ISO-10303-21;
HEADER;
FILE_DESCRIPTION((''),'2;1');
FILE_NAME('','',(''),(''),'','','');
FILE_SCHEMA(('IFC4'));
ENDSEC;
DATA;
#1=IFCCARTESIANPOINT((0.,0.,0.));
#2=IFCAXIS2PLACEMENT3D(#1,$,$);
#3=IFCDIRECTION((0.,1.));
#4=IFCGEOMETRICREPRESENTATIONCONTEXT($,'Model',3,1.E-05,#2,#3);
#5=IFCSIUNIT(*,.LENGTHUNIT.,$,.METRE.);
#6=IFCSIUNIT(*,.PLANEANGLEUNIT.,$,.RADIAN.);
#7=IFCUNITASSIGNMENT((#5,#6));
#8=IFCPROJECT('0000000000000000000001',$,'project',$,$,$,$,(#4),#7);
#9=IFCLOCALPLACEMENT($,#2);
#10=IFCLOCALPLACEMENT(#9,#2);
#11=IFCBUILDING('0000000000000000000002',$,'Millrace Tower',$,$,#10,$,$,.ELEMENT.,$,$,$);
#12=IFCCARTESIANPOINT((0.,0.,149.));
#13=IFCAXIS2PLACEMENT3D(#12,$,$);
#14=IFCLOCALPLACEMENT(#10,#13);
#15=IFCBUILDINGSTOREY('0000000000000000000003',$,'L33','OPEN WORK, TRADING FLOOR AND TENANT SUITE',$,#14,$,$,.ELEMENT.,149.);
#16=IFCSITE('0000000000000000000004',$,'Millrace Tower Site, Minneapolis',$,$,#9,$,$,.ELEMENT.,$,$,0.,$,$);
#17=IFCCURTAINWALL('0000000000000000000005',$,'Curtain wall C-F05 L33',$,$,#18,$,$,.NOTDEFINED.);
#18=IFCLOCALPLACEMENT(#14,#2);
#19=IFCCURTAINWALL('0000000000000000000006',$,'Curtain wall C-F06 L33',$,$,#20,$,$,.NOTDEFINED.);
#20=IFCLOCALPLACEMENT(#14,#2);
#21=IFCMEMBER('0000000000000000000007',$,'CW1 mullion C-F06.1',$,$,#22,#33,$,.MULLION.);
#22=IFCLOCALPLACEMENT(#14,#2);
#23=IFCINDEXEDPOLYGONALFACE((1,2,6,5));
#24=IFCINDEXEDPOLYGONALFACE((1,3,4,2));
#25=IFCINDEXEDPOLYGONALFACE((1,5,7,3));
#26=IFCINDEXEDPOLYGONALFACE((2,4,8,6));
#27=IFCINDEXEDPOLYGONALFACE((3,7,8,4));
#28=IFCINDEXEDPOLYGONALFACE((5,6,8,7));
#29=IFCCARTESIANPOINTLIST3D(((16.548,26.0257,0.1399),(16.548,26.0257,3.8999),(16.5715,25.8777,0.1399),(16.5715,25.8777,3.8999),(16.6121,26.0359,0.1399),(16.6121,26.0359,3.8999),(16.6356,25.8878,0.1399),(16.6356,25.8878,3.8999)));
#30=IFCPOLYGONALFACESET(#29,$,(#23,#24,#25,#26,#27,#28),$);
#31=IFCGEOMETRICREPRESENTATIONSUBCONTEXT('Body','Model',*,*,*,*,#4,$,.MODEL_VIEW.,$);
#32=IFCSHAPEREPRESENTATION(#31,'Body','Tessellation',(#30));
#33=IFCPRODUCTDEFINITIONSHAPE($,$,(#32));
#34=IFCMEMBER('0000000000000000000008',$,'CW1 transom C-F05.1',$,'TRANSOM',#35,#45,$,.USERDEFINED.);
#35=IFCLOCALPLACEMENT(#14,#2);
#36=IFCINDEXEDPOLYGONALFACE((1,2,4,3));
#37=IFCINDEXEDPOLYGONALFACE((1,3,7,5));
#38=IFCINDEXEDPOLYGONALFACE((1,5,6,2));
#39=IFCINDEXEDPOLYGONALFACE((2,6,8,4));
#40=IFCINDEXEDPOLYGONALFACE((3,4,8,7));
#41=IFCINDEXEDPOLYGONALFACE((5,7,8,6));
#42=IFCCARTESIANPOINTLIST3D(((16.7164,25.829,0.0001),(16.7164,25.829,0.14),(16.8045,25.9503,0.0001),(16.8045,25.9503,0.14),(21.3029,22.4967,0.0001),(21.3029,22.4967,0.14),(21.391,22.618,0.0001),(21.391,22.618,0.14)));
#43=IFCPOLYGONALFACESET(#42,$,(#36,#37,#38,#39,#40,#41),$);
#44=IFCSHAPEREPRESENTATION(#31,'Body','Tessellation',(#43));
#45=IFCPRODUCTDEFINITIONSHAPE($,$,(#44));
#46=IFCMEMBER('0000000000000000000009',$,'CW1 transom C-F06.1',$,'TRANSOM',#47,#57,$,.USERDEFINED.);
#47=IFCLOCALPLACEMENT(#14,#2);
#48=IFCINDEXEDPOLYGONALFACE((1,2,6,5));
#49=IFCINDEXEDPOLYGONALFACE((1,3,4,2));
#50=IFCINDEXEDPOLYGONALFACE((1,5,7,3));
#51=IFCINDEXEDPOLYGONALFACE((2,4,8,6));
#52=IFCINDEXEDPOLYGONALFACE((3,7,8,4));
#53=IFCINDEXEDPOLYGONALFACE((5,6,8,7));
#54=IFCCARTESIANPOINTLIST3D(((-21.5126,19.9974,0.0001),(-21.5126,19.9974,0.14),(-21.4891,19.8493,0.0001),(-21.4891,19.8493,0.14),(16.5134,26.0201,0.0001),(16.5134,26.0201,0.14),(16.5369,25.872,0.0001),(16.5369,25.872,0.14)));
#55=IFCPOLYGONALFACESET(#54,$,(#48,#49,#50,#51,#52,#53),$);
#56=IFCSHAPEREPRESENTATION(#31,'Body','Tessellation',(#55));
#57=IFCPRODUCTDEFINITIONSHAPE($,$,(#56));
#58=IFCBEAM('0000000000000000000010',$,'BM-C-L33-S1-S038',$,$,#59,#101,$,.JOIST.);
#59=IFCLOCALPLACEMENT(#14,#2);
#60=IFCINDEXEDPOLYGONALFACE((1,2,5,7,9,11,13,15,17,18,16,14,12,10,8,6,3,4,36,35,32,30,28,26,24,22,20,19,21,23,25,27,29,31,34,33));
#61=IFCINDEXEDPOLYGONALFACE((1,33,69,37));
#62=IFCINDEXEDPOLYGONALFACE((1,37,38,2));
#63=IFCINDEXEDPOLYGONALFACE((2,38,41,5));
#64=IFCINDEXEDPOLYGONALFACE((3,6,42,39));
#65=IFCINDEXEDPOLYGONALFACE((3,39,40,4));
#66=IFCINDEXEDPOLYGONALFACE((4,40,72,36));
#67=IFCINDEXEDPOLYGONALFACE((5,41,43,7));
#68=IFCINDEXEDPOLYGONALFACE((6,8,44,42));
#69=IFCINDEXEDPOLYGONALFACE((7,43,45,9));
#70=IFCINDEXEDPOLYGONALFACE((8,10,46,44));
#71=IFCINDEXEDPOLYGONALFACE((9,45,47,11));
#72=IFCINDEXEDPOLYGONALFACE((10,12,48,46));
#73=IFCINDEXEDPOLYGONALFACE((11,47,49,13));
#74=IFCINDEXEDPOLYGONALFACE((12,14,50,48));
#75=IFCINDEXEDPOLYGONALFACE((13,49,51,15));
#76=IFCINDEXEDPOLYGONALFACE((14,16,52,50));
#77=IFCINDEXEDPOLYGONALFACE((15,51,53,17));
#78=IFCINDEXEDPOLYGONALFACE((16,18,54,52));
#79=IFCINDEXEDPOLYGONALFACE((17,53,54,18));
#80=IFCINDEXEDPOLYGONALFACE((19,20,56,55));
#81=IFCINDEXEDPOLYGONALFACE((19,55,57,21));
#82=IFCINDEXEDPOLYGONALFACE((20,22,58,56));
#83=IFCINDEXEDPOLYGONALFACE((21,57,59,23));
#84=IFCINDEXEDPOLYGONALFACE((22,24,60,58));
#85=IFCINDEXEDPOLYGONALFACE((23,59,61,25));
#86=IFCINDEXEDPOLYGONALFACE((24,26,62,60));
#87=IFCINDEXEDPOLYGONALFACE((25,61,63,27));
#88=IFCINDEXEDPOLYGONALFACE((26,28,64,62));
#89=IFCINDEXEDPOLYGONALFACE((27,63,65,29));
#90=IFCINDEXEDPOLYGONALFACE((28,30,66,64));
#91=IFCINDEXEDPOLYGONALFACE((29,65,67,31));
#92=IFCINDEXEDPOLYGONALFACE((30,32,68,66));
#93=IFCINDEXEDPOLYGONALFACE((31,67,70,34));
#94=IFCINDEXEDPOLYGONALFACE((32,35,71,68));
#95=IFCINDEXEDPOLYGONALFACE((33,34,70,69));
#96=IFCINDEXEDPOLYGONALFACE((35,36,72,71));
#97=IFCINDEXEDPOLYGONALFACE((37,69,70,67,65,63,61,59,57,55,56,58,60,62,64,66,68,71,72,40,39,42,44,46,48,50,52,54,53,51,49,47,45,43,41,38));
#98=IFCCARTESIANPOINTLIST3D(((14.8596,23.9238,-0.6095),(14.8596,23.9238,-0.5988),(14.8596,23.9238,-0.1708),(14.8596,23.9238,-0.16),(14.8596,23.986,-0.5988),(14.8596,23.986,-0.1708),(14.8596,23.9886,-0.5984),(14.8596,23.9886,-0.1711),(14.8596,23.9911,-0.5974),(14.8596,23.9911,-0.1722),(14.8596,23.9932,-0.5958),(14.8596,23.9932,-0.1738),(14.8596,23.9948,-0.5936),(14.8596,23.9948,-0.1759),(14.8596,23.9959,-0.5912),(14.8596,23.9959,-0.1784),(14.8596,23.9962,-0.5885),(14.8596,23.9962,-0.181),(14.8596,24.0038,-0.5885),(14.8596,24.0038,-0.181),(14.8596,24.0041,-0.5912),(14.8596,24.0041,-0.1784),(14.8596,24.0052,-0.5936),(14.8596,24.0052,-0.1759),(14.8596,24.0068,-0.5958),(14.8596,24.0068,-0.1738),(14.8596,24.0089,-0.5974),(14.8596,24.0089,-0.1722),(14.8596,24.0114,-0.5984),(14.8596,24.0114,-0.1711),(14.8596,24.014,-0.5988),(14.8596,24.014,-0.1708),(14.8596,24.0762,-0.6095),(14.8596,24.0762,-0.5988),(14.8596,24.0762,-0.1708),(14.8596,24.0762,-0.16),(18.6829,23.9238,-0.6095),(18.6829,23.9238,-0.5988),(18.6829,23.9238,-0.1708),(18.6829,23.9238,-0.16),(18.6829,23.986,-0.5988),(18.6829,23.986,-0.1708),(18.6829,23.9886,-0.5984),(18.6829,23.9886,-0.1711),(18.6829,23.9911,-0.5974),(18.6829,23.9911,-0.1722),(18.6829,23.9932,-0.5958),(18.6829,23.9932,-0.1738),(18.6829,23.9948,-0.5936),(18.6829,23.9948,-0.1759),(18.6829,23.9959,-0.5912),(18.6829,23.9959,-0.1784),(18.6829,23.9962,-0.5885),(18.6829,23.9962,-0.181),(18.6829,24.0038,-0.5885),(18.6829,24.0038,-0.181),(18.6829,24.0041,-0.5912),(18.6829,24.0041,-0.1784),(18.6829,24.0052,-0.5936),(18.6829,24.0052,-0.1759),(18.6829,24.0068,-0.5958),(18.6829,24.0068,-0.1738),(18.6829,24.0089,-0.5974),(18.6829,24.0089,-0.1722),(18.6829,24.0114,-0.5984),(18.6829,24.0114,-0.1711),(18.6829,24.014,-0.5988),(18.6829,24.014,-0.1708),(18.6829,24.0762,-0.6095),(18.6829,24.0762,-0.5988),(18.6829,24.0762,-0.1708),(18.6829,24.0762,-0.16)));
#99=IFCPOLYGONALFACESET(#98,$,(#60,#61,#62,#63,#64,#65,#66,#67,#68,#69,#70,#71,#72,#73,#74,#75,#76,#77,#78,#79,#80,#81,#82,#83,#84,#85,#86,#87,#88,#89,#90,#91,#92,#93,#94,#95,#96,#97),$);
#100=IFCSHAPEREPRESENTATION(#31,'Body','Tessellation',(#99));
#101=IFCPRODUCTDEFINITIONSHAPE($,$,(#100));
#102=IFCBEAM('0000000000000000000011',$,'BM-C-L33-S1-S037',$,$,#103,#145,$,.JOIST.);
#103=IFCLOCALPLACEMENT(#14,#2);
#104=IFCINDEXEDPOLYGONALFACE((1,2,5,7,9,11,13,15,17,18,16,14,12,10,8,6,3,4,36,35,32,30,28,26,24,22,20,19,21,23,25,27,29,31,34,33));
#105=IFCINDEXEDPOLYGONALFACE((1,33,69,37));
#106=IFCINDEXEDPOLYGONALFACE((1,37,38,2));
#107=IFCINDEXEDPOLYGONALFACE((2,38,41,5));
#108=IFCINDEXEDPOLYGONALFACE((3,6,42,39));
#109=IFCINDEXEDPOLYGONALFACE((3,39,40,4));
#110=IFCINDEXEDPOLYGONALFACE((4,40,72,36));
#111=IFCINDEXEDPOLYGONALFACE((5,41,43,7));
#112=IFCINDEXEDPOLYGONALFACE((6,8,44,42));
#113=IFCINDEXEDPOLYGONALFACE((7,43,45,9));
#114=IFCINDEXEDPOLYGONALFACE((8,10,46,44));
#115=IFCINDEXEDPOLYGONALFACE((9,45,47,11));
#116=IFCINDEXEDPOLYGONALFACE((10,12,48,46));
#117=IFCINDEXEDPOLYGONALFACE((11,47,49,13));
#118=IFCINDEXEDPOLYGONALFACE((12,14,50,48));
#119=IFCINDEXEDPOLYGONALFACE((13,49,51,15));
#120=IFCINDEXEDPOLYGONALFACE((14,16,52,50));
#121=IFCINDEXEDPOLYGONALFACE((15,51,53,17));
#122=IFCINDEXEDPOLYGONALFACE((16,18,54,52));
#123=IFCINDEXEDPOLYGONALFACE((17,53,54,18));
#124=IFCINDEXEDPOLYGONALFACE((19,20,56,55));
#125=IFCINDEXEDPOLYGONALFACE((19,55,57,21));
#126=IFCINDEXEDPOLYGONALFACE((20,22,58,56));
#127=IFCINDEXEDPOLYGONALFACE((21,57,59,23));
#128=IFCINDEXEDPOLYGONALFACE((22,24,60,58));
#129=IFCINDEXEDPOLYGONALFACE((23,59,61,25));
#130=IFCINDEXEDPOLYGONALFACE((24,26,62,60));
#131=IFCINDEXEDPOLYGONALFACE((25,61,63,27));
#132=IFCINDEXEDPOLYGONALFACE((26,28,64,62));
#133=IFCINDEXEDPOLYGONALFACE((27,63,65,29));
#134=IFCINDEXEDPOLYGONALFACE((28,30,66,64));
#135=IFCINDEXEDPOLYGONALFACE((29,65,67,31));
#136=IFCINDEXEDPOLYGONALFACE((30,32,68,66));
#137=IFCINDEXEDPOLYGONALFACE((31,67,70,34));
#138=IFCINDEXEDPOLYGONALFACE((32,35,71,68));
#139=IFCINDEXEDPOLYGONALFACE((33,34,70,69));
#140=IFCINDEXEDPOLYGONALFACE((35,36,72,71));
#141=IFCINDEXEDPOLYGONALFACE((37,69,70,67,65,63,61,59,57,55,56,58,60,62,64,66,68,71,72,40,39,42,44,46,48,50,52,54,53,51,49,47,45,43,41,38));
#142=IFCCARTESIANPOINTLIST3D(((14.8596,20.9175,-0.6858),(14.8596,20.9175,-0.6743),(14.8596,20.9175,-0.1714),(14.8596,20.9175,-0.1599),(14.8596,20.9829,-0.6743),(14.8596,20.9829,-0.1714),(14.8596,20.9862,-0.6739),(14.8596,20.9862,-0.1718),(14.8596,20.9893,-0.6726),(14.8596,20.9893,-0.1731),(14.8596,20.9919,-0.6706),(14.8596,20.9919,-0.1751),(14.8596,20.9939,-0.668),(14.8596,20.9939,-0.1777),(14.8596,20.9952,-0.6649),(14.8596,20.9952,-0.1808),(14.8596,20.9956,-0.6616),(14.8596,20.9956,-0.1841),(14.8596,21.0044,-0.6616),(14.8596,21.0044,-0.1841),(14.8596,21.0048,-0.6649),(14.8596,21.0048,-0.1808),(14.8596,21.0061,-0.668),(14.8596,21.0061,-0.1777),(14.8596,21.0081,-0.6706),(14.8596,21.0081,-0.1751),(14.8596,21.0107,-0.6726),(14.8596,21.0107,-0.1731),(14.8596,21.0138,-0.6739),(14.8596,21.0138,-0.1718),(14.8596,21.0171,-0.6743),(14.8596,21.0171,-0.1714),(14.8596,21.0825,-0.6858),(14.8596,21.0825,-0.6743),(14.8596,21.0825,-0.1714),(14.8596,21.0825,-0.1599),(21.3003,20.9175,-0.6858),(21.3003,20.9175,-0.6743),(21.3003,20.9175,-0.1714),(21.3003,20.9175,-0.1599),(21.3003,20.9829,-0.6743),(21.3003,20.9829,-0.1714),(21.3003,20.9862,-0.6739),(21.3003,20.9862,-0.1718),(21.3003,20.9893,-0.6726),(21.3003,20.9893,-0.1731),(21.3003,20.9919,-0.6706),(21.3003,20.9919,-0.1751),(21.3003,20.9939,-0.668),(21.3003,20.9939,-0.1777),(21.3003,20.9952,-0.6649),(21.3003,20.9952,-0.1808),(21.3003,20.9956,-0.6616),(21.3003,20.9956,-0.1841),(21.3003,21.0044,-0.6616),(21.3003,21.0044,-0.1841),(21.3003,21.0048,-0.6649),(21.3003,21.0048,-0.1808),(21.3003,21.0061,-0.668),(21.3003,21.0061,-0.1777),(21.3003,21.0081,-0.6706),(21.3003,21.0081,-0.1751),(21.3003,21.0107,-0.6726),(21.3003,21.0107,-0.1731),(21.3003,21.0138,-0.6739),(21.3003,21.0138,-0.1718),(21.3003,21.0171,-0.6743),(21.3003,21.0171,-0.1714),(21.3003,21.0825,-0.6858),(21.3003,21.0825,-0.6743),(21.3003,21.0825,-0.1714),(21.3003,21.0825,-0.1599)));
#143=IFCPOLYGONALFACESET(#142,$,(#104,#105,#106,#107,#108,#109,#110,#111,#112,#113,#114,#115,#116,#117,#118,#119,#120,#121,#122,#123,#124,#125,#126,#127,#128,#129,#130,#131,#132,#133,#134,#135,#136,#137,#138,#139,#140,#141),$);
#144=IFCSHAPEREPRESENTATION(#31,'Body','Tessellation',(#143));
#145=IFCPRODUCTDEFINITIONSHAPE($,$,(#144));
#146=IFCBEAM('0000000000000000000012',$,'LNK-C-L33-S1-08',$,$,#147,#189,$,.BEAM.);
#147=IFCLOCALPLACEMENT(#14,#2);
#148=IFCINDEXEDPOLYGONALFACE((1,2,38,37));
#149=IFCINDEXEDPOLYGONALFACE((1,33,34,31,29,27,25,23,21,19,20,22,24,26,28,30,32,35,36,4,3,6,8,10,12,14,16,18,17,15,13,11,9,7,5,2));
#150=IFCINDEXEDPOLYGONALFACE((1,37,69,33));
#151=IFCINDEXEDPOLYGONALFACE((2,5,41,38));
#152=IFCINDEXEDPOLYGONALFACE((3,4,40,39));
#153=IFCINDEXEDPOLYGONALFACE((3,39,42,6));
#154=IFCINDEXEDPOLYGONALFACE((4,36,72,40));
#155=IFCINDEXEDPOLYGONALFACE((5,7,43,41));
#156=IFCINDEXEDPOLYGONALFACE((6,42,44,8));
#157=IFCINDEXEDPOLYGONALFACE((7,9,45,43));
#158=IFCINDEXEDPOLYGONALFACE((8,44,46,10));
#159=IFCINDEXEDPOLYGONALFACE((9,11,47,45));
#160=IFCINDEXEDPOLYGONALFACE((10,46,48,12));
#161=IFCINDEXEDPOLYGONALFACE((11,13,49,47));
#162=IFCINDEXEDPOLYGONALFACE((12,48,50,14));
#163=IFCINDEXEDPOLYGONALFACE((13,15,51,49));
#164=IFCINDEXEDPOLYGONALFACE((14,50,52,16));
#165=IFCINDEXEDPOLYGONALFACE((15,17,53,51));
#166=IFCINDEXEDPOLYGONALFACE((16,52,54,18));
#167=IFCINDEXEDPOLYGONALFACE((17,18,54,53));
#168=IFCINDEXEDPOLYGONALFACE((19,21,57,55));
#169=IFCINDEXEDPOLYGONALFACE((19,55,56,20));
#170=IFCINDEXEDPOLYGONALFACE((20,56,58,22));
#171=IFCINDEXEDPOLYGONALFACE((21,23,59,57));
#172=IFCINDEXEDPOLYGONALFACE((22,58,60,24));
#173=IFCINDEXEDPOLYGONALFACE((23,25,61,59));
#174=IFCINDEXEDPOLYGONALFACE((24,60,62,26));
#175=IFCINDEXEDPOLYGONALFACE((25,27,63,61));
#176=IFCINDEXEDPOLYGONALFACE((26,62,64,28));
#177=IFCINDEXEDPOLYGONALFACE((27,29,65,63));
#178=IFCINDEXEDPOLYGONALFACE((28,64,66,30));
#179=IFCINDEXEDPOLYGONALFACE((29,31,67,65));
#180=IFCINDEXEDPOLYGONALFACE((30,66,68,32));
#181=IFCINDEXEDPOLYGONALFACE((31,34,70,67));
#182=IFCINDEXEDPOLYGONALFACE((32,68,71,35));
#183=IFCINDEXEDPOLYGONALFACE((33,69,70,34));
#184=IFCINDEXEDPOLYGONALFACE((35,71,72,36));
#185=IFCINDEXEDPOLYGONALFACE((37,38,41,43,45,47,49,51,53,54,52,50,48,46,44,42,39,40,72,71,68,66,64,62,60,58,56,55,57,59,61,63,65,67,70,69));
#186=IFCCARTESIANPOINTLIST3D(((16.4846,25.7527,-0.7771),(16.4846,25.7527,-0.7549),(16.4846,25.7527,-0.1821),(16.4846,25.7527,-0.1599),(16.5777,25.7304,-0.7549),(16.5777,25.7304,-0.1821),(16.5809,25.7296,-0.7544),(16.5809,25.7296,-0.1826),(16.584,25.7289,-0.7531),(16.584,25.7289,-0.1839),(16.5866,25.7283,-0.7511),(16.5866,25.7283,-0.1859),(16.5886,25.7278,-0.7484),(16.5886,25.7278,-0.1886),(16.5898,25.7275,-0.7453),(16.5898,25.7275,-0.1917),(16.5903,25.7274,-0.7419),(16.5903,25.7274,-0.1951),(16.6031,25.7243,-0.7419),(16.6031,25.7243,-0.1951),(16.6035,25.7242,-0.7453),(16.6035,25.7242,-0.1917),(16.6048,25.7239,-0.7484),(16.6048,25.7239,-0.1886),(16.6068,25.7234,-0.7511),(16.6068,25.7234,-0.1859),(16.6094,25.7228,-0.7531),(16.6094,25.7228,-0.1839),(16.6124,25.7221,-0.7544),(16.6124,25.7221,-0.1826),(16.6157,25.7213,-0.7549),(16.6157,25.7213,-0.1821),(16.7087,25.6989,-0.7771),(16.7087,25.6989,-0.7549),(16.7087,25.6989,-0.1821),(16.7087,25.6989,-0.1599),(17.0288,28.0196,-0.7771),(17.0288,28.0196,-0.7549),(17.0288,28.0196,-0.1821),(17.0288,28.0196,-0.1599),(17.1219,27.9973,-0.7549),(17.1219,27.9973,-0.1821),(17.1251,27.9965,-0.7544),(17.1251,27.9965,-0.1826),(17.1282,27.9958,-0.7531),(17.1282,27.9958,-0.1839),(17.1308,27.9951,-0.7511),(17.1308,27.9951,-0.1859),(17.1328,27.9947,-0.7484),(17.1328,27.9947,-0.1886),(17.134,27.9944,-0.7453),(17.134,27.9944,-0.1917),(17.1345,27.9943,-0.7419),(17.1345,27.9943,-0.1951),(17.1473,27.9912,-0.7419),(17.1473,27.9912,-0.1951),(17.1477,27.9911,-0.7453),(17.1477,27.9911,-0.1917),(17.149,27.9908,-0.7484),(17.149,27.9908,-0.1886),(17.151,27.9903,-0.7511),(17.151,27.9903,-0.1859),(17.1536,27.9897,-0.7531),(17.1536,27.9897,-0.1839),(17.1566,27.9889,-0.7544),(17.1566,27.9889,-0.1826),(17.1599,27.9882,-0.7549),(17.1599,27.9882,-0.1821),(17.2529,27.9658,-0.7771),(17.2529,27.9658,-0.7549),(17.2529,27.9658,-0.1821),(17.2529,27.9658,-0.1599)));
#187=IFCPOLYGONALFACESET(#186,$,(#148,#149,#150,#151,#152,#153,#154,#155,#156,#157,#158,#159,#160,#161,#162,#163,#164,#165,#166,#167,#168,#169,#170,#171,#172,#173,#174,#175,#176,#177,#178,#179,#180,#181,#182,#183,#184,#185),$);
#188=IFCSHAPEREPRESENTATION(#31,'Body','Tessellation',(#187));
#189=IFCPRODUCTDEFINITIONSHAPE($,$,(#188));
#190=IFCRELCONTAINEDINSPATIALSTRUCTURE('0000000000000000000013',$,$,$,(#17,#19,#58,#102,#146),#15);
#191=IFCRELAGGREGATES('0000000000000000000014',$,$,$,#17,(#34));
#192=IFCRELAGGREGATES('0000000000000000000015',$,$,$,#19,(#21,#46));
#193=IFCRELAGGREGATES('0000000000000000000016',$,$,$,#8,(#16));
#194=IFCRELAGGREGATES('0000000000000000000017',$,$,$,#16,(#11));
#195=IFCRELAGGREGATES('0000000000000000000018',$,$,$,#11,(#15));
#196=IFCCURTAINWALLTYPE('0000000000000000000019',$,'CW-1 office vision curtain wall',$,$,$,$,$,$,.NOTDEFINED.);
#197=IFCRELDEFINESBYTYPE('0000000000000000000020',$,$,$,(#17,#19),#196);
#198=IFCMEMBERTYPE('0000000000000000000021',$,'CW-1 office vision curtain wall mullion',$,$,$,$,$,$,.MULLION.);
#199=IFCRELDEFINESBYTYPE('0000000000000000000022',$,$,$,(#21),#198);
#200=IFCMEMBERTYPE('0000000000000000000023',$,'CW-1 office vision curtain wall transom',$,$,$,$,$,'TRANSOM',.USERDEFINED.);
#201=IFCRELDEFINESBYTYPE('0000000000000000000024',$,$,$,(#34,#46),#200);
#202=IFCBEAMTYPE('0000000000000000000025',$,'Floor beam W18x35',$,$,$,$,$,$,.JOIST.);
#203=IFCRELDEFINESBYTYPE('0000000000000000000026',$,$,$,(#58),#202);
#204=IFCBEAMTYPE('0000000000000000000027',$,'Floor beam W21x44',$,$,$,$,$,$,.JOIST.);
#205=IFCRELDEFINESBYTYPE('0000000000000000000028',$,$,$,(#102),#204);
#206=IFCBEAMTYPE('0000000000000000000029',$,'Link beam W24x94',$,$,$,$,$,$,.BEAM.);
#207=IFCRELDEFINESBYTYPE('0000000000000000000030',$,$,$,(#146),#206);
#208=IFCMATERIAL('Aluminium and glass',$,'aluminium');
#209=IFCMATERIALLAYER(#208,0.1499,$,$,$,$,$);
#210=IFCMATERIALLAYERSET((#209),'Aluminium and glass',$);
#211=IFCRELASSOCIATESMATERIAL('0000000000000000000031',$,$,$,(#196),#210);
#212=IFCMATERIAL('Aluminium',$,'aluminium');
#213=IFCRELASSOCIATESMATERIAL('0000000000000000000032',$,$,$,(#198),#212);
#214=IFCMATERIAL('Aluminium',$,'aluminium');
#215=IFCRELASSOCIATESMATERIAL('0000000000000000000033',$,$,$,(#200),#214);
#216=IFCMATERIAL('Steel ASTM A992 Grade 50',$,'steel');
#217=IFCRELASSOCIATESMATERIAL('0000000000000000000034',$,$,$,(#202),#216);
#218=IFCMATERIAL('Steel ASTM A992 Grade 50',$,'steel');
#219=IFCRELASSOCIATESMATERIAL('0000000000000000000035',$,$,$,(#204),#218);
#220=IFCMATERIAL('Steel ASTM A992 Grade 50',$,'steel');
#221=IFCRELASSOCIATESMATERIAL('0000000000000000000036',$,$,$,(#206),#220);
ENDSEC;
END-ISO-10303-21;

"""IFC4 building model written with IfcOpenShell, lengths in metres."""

from ifc_helpers import new_model, si_unit, direction, frame, origin, origin_2d, place, context, subcontext, project, spatial, rectangle, i_section, extrude, material, layer, layer_set, material_profile, profile_set, type_object, element, aggregate, save


model = new_model("IFC4")

# Units and contexts
model_context = context("Model", 3, precision=1e-05, world=origin(), true_north=direction((0.0, 1.0)))
body_context = subcontext(model_context, "Body", "Model", "MODEL_VIEW")
ifc_project = project(units=[si_unit("LENGTHUNIT", "METRE"), si_unit("PLANEANGLEUNIT", "RADIAN")], contexts=[model_context])

# Site, building, storey
site_placement = place(None, origin())
site = spatial("IfcSite", under=ifc_project, at=site_placement, Name="Millrace Tower Site, Minneapolis", CompositionType="ELEMENT", RefElevation=0.0)
building_placement = place(site_placement, origin())
building = spatial("IfcBuilding", under=site, at=building_placement, Name="Millrace Tower", CompositionType="ELEMENT")
storey_placement = place(building_placement, frame((0.0, 0.0, 149.0)))
storey = spatial("IfcBuildingStorey", under=building, at=storey_placement, Name="L33", Description="OPEN WORK, TRADING FLOOR AND TENANT SUITE", CompositionType="ELEMENT", Elevation=149.0)

# Shared definitions
ifc_material_1 = material(Name="Aluminium and glass", Category="aluminium")
ifc_layer_1 = layer(ifc_material_1, 0.1499)
ifc_layer_set_1 = layer_set([ifc_layer_1], Name="Aluminium and glass")
curtain_wall_type = type_object("IfcCurtainWallType", Name="CW-1 office vision curtain wall", PredefinedType="NOTDEFINED", material=ifc_layer_set_1)
placement = place(storey_placement, origin())
ifc_material_2 = material(Name="Aluminium", Category="aluminium")
ifc_material_profile_1 = material_profile(ifc_material_2, rectangle(XDim=0.0649, YDim=0.1499, at=origin_2d()))
ifc_profile_set_1 = profile_set([ifc_material_profile_1], Name="Aluminium")
member_type_1 = type_object("IfcMemberType", Name="CW-1 office vision curtain wall mullion", PredefinedType="MULLION", material=ifc_profile_set_1)

# Curtain walls, member
curtain_wall_1 = element("IfcCurtainWall", 1, at=placement, inside=storey, type_object=curtain_wall_type, Name="Curtain wall C-F05 L33", PredefinedType="NOTDEFINED")
curtain_wall_2 = element("IfcCurtainWall", 2, at=placement, inside=storey, type_object=curtain_wall_type, Name="Curtain wall C-F06 L33", PredefinedType="NOTDEFINED")
member_1_placement = place(storey_placement, frame((16.5918, 25.9568, 0.1399), z_axis=(0.0, 0.0, 1.0), x_axis=(-0.987688, -0.156434, 0.0)))
member_1 = element("IfcMember", 3, at=member_1_placement, type_object=member_type_1, Name="CW1 mullion C-F06.1", PredefinedType="MULLION", context=body_context, shape_type="SweptSolid", body=[
    extrude(rectangle(XDim=0.0649, YDim=0.1499, at=origin_2d()), origin(), (0.0, 0.0, 1.0), 3.76),
])

# Members
ifc_material_3 = material(Name="Aluminium", Category="aluminium")
ifc_material_profile_2 = material_profile(ifc_material_3, rectangle(XDim=0.1499, YDim=0.1399, at=origin_2d()))
ifc_profile_set_2 = profile_set([ifc_material_profile_2], Name="Aluminium")
member_type_2 = type_object("IfcMemberType", Name="CW-1 office vision curtain wall transom", ElementType="TRANSOM", PredefinedType="USERDEFINED", material=ifc_profile_set_2)
member_2_placement = place(storey_placement, frame((21.3469, 22.5574, 0.0701), z_axis=(-0.809013, 0.58779, 0.0), x_axis=(-0.58779, -0.809013, 0.0)))
member_2 = element("IfcMember", 4, at=member_2_placement, type_object=member_type_2, Name="CW1 transom C-F05.1", ObjectType="TRANSOM", PredefinedType="USERDEFINED", context=body_context, shape_type="SweptSolid", body=[
    extrude(rectangle(XDim=0.1499, YDim=0.1399, at=origin_2d()), origin(), (0.0, 0.0, 1.0), 5.6692),
])
aggregate(curtain_wall_1, [member_2])
member_3_placement = place(storey_placement, frame((16.5251, 25.946, 0.0701), z_axis=(-0.987689, -0.156433, 0.0), x_axis=(0.156433, -0.987689, 0.0)))
member_3 = element("IfcMember", 5, at=member_3_placement, type_object=member_type_2, Name="CW1 transom C-F06.1", ObjectType="TRANSOM", PredefinedType="USERDEFINED", context=body_context, shape_type="SweptSolid", body=[
    extrude(rectangle(XDim=0.1499, YDim=0.1399, at=origin_2d()), origin(), (0.0, 0.0, 1.0), 38.5),
])
aggregate(curtain_wall_2, [member_1, member_3])

# Beams
ifc_material_4 = material(Name="Steel ASTM A992 Grade 50", Category="steel")
ifc_material_profile_3 = material_profile(ifc_material_4, i_section(OverallWidth=0.1523, OverallDepth=0.4495, WebThickness=0.0076, FlangeThickness=0.0107, FilletRadius=0.0103, at=origin_2d()))
ifc_profile_set_3 = profile_set([ifc_material_profile_3], Name="Steel ASTM A992 Grade 50")
beam_type_1 = type_object("IfcBeamType", Name="Floor beam W18x35", PredefinedType="JOIST", material=ifc_profile_set_3)
beam_1_placement = place(storey_placement, frame((14.8596, 24.0, -0.3848), z_axis=(1.0, 0.0, 0.0), x_axis=(0.0, 1.0, 0.0)))
element("IfcBeam", 6, at=beam_1_placement, inside=storey, type_object=beam_type_1, Name="BM-C-L33-S1-S038", PredefinedType="JOIST", context=body_context, shape_type="SweptSolid", body=[
    extrude(i_section(OverallWidth=0.1523, OverallDepth=0.4495, WebThickness=0.0076, FlangeThickness=0.0107, FilletRadius=0.0103, at=origin_2d()), origin(), (0.0, 0.0, 1.0), 3.8232),
])
ifc_material_5 = material(Name="Steel ASTM A992 Grade 50", Category="steel")
ifc_material_profile_4 = material_profile(ifc_material_5, i_section(OverallWidth=0.165, OverallDepth=0.5259, WebThickness=0.0088, FlangeThickness=0.0115, FilletRadius=0.0127, at=origin_2d()))
ifc_profile_set_4 = profile_set([ifc_material_profile_4], Name="Steel ASTM A992 Grade 50")
beam_type_2 = type_object("IfcBeamType", Name="Floor beam W21x44", PredefinedType="JOIST", material=ifc_profile_set_4)
beam_2_placement = place(storey_placement, frame((14.8596, 21.0, -0.4229), z_axis=(1.0, 0.0, 0.0), x_axis=(0.0, 1.0, 0.0)))
element("IfcBeam", 7, at=beam_2_placement, inside=storey, type_object=beam_type_2, Name="BM-C-L33-S1-S037", PredefinedType="JOIST", context=body_context, shape_type="SweptSolid", body=[
    extrude(i_section(OverallWidth=0.165, OverallDepth=0.5259, WebThickness=0.0088, FlangeThickness=0.0115, FilletRadius=0.0127, at=origin_2d()), origin(), (0.0, 0.0, 1.0), 6.4407),
])
ifc_material_6 = material(Name="Steel ASTM A992 Grade 50", Category="steel")
ifc_material_profile_5 = material_profile(ifc_material_6, i_section(OverallWidth=0.2305, OverallDepth=0.6172, WebThickness=0.0132, FlangeThickness=0.0222, FilletRadius=0.0129, at=origin_2d()))
ifc_profile_set_5 = profile_set([ifc_material_profile_5], Name="Steel ASTM A992 Grade 50")
beam_type_3 = type_object("IfcBeamType", Name="Link beam W24x94", PredefinedType="BEAM", material=ifc_profile_set_5)
beam_3_placement = place(storey_placement, frame((16.5967, 25.7258, -0.4685), z_axis=(0.233432, 0.972373, 0.0), x_axis=(-0.972373, 0.233432, 0.0)))
element("IfcBeam", 8, at=beam_3_placement, inside=storey, type_object=beam_type_3, Name="LNK-C-L33-S1-08", PredefinedType="BEAM", context=body_context, shape_type="SweptSolid", body=[
    extrude(i_section(OverallWidth=0.2305, OverallDepth=0.6172, WebThickness=0.0132, FlangeThickness=0.0222, FilletRadius=0.0129, at=origin_2d()), origin(), (0.0, 0.0, 1.0), 2.3313),
])

save(model, "model.ifc")
